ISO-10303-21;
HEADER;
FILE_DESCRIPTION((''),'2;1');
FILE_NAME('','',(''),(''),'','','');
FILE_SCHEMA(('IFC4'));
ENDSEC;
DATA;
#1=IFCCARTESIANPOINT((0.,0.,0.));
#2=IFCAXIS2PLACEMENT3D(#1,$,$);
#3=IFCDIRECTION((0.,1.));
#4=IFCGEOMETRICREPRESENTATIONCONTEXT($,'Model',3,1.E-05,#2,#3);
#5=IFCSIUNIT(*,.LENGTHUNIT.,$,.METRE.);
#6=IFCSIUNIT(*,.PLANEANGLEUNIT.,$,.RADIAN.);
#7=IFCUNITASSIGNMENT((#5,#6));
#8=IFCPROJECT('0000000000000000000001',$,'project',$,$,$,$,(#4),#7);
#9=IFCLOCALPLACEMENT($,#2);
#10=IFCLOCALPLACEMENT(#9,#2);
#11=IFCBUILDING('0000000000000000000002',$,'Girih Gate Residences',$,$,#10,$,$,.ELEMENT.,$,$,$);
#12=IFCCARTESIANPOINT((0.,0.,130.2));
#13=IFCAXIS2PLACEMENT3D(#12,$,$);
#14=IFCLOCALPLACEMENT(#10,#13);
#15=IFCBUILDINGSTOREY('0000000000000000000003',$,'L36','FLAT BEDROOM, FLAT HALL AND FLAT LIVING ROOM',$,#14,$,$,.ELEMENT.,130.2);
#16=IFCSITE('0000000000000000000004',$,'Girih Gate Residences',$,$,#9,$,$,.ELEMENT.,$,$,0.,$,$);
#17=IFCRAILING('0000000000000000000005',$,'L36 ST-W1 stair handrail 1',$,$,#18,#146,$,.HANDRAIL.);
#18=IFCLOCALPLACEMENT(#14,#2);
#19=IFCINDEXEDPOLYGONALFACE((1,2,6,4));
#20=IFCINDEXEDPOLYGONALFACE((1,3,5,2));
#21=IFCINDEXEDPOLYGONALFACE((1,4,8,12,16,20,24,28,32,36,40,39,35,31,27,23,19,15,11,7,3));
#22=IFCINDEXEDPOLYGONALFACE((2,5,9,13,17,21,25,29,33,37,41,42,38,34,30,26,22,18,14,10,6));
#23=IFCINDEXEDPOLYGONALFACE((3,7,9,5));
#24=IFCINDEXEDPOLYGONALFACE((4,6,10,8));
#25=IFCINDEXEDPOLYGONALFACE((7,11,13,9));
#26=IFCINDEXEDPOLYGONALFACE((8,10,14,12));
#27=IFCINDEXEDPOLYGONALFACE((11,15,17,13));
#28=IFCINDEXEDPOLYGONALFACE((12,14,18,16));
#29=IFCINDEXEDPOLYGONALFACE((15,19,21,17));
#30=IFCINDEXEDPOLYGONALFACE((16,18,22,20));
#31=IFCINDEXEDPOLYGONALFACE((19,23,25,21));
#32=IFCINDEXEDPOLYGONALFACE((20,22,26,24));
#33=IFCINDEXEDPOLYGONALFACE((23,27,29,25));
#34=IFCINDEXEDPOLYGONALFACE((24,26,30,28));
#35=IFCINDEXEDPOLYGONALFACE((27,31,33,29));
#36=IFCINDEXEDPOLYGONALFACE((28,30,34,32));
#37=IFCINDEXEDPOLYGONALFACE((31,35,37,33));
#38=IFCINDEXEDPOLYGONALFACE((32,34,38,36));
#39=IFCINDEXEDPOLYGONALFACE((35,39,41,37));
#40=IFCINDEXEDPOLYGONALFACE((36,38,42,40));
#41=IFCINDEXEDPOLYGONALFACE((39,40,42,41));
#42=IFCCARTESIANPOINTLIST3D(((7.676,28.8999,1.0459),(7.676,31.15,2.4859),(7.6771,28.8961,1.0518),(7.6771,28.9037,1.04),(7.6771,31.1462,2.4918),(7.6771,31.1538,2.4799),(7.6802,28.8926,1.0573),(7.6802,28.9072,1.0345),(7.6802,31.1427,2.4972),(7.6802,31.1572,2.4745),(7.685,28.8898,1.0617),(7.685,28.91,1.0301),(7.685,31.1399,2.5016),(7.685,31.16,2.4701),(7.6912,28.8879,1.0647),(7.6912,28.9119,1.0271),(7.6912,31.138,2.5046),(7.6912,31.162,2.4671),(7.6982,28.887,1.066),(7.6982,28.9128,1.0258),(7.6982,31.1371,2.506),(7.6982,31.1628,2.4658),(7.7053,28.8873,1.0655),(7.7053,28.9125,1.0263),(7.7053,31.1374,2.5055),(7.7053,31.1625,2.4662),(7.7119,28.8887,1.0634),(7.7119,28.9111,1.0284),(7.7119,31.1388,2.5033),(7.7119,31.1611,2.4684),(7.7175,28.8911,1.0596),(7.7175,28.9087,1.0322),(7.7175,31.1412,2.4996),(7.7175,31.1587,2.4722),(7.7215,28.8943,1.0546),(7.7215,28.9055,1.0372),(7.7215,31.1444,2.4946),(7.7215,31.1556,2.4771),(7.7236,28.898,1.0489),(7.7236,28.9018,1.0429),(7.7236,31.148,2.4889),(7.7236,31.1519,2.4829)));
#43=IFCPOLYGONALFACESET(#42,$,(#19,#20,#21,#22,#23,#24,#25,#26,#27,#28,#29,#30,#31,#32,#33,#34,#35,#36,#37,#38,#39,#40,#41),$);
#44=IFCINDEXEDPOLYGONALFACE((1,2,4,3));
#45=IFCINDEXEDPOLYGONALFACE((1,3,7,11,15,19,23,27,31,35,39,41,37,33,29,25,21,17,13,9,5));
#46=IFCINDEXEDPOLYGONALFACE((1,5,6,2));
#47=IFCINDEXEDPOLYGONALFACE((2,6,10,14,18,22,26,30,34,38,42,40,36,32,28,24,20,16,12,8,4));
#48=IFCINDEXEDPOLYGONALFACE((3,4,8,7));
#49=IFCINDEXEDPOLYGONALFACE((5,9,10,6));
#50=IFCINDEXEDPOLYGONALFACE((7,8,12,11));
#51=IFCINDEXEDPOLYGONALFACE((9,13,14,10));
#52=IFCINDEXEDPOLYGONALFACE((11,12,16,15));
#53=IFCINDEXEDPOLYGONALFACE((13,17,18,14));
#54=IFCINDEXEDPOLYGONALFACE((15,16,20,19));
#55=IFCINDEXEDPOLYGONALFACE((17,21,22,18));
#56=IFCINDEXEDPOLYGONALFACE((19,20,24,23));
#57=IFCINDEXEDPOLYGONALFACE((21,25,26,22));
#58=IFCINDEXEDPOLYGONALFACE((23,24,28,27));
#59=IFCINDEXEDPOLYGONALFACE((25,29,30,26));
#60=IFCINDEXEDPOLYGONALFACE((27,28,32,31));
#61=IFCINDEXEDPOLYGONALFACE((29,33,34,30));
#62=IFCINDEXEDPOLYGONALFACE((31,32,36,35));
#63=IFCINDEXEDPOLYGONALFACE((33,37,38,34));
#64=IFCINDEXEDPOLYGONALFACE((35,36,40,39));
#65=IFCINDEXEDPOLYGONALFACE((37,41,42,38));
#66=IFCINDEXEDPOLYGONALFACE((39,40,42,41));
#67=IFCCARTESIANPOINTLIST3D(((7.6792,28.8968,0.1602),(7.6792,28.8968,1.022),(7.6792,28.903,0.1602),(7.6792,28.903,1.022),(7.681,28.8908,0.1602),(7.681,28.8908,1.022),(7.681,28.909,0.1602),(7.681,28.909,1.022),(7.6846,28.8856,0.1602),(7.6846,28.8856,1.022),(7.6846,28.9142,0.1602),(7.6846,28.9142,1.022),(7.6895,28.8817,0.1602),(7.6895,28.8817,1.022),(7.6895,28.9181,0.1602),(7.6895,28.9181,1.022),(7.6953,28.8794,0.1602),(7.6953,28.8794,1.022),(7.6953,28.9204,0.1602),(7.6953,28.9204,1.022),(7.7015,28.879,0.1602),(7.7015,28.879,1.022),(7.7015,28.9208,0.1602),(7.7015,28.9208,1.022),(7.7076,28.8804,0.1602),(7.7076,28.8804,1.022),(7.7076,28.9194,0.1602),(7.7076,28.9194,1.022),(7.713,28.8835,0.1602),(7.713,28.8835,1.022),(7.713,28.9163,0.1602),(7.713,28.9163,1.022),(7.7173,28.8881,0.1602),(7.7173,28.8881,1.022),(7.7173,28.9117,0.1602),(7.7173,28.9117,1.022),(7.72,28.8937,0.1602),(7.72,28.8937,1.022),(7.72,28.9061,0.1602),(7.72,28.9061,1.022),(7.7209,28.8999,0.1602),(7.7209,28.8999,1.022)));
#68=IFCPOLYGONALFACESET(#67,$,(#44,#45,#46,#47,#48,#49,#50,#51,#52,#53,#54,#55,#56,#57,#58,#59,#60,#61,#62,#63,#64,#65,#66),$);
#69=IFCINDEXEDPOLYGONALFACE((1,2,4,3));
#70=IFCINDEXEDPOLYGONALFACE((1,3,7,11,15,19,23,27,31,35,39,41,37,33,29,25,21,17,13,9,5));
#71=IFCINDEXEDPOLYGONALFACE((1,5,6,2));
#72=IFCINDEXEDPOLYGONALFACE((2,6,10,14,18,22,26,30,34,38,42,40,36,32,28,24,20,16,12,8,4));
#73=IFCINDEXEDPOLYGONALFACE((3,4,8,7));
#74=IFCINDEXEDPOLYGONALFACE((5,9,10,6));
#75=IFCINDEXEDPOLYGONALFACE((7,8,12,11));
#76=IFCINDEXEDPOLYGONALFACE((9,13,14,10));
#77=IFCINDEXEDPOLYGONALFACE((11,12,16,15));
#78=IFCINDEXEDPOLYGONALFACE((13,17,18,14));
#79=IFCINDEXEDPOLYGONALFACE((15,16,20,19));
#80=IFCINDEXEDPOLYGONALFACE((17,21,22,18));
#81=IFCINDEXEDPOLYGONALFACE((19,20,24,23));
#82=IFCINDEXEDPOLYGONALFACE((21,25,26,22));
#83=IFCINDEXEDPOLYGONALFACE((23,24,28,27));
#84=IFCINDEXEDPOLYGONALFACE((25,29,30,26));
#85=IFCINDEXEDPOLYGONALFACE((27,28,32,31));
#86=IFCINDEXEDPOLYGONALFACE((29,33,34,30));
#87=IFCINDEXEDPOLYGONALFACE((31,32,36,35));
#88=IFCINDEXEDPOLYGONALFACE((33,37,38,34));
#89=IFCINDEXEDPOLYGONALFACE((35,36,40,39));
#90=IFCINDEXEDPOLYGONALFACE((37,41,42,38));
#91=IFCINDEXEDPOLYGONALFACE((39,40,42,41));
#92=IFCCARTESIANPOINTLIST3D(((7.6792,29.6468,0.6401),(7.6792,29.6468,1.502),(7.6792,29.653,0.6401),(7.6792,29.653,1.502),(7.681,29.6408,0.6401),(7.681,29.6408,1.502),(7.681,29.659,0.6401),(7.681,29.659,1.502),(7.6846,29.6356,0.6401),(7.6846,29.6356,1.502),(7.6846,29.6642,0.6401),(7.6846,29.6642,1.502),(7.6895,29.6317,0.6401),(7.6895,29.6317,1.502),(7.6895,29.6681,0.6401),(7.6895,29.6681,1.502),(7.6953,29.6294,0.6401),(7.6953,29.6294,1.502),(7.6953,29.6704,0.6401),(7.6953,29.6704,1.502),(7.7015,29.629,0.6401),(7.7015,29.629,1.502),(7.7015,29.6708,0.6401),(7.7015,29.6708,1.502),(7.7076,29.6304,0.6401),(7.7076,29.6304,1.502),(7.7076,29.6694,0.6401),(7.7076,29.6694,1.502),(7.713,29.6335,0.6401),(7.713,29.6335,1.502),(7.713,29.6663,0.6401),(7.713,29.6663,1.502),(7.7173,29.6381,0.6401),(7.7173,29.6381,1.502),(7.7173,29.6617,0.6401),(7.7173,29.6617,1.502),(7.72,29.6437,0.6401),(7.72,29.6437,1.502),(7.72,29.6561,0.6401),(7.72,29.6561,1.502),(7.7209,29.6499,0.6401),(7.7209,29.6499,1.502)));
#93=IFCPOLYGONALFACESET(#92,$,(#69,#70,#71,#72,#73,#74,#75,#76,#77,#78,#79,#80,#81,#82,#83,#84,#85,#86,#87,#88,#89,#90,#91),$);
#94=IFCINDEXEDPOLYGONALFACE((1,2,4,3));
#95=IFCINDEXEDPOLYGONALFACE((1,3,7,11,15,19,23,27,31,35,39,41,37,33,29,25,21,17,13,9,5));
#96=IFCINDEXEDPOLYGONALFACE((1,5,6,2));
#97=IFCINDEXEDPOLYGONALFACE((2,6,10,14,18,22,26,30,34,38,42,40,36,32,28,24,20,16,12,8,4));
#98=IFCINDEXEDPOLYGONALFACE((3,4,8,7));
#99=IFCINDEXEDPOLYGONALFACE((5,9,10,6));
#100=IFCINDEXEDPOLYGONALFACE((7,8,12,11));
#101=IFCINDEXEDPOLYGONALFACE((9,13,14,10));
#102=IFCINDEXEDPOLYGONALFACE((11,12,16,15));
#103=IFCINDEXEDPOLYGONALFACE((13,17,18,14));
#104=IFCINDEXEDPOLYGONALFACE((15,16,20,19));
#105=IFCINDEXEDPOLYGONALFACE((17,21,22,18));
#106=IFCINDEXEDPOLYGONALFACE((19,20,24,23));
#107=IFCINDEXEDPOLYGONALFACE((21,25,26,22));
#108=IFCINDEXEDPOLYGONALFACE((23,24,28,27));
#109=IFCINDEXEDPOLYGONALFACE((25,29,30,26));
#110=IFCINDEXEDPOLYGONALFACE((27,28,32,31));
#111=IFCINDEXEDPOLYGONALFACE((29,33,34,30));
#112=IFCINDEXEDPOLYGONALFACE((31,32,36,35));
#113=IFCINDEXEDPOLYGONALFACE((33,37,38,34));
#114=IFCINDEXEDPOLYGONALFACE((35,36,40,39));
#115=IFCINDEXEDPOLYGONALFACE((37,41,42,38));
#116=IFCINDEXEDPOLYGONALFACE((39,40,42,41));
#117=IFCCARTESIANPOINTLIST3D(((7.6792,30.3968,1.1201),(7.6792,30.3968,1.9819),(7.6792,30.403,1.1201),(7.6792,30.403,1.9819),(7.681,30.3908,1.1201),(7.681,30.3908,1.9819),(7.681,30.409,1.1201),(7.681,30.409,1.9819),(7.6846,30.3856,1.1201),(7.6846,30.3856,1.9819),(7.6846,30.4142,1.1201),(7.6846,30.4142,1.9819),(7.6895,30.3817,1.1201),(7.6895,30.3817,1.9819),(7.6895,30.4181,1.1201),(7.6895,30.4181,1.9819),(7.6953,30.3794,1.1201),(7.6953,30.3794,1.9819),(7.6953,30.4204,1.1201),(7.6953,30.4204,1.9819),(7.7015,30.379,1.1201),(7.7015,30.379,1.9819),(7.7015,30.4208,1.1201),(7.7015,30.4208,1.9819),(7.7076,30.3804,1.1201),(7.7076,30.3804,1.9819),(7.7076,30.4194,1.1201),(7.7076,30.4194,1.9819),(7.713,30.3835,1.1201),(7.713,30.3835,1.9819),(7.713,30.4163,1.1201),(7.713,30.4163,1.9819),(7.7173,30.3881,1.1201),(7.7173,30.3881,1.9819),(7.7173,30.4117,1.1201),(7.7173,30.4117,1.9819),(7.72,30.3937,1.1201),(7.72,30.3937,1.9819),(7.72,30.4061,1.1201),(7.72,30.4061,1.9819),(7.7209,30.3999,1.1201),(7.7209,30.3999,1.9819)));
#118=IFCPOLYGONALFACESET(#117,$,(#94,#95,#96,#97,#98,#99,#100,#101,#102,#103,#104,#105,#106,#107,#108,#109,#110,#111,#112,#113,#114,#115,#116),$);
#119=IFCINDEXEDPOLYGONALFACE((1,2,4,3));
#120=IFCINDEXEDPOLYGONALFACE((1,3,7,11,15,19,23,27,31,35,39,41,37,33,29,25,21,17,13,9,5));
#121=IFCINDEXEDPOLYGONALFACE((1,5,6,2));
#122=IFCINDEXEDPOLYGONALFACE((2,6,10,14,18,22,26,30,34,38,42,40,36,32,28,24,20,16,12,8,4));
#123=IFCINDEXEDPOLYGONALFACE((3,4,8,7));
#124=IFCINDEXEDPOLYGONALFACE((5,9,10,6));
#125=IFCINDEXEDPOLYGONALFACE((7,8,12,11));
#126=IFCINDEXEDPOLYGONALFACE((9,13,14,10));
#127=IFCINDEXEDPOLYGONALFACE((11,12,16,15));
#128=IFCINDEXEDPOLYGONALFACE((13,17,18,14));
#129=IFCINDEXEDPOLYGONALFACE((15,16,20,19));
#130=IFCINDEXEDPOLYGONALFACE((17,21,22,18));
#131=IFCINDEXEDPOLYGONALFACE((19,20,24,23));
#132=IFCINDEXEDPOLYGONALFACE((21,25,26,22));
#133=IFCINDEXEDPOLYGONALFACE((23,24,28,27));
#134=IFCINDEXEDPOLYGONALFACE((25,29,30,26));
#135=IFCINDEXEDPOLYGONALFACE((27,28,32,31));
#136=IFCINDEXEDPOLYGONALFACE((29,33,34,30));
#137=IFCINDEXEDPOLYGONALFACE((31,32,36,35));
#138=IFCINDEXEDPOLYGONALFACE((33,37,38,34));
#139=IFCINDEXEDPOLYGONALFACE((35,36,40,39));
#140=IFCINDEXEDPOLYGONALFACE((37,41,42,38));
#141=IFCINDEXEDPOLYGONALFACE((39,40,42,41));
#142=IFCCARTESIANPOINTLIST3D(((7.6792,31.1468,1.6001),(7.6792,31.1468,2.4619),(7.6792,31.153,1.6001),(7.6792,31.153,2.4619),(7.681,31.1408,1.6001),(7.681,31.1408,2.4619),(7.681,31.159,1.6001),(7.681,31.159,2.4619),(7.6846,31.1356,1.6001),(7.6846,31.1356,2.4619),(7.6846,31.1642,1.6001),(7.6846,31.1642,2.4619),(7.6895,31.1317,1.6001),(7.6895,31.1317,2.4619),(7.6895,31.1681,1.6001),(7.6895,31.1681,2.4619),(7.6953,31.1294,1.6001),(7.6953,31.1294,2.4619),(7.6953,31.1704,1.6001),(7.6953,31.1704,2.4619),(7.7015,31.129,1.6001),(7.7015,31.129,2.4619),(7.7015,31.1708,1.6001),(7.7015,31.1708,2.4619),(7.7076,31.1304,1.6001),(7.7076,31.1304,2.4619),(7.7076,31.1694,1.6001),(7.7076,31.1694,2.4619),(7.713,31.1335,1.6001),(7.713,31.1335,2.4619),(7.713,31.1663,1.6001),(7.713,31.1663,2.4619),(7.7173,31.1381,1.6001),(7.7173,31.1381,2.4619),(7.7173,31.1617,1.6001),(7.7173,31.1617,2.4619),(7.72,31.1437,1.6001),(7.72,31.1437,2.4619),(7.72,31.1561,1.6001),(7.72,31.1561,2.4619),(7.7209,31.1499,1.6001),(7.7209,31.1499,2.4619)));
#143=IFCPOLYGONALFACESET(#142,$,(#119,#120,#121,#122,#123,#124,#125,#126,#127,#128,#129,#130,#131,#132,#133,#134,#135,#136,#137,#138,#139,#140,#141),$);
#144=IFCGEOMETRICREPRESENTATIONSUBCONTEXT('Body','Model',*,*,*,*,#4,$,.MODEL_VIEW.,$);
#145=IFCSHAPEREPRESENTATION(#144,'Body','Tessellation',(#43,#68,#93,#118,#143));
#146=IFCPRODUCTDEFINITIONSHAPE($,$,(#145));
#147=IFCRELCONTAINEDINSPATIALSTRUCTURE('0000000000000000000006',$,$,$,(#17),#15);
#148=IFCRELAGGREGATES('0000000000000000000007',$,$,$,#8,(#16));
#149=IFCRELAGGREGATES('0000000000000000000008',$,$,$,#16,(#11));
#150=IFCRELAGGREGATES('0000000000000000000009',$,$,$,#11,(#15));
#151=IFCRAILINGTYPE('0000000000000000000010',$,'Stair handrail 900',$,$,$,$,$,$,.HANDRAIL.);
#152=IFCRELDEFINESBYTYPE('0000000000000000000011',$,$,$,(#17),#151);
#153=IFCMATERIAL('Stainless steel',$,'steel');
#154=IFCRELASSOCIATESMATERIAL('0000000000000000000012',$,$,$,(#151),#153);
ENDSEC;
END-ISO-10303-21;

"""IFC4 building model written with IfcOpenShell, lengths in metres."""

from ifc_helpers import new_model, si_unit, direction, frame, origin, origin_2d, place, context, subcontext, project, spatial, circle, extrude, material, type_object, element, save


model = new_model("IFC4")

# Units and contexts
model_context = context("Model", 3, precision=1e-05, world=origin(), true_north=direction((0.0, 1.0)))
body_context = subcontext(model_context, "Body", "Model", "MODEL_VIEW")
ifc_project = project(units=[si_unit("LENGTHUNIT", "METRE"), si_unit("PLANEANGLEUNIT", "RADIAN")], contexts=[model_context])

# Site, building, storey
site_placement = place(None, origin())
site = spatial("IfcSite", under=ifc_project, at=site_placement, Name="Girih Gate Residences", CompositionType="ELEMENT", RefElevation=0.0)
building_placement = place(site_placement, origin())
building = spatial("IfcBuilding", under=site, at=building_placement, Name="Girih Gate Residences", CompositionType="ELEMENT")
storey_placement = place(building_placement, frame((0.0, 0.0, 130.2)))
storey = spatial("IfcBuildingStorey", under=building, at=storey_placement, Name="L36", Description="FLAT BEDROOM, FLAT HALL AND FLAT LIVING ROOM", CompositionType="ELEMENT", Elevation=130.2)

# Railing
ifc_material_1 = material(Name="Stainless steel", Category="steel")
railing_type_1 = type_object("IfcRailingType", Name="Stair handrail 900", PredefinedType="HANDRAIL", material=ifc_material_1)
railing_1_placement = place(storey_placement, frame((7.7, 28.8999, 0.1602)))
element("IfcRailing", 1, at=railing_1_placement, inside=storey, type_object=railing_type_1, Name="L36 ST-W1 stair handrail 1", PredefinedType="HANDRAIL", context=body_context, shape_type="SweptSolid", body=[
    extrude(circle(Radius=0.0239, at=origin_2d()), frame((0.0, 0.0, 0.8857), z_axis=(0.0, 0.842281, 0.539038), x_axis=(-1.0, 0.0, 0.0)), (0.0, 0.0, 1.0), 2.6714),
    extrude(circle(Radius=0.021, at=origin_2d()), origin(), (0.0, 0.0, 1.0), 0.8618),
    extrude(circle(Radius=0.021, at=origin_2d()), frame((0.0, 0.75, 0.48)), (0.0, 0.0, 1.0), 0.8618),
    extrude(circle(Radius=0.021, at=origin_2d()), frame((0.0, 1.5, 0.96)), (0.0, 0.0, 1.0), 0.8618),
    extrude(circle(Radius=0.021, at=origin_2d()), frame((0.0, 2.25, 1.4399)), (0.0, 0.0, 1.0), 0.8618),
])

save(model, "model.ifc")
